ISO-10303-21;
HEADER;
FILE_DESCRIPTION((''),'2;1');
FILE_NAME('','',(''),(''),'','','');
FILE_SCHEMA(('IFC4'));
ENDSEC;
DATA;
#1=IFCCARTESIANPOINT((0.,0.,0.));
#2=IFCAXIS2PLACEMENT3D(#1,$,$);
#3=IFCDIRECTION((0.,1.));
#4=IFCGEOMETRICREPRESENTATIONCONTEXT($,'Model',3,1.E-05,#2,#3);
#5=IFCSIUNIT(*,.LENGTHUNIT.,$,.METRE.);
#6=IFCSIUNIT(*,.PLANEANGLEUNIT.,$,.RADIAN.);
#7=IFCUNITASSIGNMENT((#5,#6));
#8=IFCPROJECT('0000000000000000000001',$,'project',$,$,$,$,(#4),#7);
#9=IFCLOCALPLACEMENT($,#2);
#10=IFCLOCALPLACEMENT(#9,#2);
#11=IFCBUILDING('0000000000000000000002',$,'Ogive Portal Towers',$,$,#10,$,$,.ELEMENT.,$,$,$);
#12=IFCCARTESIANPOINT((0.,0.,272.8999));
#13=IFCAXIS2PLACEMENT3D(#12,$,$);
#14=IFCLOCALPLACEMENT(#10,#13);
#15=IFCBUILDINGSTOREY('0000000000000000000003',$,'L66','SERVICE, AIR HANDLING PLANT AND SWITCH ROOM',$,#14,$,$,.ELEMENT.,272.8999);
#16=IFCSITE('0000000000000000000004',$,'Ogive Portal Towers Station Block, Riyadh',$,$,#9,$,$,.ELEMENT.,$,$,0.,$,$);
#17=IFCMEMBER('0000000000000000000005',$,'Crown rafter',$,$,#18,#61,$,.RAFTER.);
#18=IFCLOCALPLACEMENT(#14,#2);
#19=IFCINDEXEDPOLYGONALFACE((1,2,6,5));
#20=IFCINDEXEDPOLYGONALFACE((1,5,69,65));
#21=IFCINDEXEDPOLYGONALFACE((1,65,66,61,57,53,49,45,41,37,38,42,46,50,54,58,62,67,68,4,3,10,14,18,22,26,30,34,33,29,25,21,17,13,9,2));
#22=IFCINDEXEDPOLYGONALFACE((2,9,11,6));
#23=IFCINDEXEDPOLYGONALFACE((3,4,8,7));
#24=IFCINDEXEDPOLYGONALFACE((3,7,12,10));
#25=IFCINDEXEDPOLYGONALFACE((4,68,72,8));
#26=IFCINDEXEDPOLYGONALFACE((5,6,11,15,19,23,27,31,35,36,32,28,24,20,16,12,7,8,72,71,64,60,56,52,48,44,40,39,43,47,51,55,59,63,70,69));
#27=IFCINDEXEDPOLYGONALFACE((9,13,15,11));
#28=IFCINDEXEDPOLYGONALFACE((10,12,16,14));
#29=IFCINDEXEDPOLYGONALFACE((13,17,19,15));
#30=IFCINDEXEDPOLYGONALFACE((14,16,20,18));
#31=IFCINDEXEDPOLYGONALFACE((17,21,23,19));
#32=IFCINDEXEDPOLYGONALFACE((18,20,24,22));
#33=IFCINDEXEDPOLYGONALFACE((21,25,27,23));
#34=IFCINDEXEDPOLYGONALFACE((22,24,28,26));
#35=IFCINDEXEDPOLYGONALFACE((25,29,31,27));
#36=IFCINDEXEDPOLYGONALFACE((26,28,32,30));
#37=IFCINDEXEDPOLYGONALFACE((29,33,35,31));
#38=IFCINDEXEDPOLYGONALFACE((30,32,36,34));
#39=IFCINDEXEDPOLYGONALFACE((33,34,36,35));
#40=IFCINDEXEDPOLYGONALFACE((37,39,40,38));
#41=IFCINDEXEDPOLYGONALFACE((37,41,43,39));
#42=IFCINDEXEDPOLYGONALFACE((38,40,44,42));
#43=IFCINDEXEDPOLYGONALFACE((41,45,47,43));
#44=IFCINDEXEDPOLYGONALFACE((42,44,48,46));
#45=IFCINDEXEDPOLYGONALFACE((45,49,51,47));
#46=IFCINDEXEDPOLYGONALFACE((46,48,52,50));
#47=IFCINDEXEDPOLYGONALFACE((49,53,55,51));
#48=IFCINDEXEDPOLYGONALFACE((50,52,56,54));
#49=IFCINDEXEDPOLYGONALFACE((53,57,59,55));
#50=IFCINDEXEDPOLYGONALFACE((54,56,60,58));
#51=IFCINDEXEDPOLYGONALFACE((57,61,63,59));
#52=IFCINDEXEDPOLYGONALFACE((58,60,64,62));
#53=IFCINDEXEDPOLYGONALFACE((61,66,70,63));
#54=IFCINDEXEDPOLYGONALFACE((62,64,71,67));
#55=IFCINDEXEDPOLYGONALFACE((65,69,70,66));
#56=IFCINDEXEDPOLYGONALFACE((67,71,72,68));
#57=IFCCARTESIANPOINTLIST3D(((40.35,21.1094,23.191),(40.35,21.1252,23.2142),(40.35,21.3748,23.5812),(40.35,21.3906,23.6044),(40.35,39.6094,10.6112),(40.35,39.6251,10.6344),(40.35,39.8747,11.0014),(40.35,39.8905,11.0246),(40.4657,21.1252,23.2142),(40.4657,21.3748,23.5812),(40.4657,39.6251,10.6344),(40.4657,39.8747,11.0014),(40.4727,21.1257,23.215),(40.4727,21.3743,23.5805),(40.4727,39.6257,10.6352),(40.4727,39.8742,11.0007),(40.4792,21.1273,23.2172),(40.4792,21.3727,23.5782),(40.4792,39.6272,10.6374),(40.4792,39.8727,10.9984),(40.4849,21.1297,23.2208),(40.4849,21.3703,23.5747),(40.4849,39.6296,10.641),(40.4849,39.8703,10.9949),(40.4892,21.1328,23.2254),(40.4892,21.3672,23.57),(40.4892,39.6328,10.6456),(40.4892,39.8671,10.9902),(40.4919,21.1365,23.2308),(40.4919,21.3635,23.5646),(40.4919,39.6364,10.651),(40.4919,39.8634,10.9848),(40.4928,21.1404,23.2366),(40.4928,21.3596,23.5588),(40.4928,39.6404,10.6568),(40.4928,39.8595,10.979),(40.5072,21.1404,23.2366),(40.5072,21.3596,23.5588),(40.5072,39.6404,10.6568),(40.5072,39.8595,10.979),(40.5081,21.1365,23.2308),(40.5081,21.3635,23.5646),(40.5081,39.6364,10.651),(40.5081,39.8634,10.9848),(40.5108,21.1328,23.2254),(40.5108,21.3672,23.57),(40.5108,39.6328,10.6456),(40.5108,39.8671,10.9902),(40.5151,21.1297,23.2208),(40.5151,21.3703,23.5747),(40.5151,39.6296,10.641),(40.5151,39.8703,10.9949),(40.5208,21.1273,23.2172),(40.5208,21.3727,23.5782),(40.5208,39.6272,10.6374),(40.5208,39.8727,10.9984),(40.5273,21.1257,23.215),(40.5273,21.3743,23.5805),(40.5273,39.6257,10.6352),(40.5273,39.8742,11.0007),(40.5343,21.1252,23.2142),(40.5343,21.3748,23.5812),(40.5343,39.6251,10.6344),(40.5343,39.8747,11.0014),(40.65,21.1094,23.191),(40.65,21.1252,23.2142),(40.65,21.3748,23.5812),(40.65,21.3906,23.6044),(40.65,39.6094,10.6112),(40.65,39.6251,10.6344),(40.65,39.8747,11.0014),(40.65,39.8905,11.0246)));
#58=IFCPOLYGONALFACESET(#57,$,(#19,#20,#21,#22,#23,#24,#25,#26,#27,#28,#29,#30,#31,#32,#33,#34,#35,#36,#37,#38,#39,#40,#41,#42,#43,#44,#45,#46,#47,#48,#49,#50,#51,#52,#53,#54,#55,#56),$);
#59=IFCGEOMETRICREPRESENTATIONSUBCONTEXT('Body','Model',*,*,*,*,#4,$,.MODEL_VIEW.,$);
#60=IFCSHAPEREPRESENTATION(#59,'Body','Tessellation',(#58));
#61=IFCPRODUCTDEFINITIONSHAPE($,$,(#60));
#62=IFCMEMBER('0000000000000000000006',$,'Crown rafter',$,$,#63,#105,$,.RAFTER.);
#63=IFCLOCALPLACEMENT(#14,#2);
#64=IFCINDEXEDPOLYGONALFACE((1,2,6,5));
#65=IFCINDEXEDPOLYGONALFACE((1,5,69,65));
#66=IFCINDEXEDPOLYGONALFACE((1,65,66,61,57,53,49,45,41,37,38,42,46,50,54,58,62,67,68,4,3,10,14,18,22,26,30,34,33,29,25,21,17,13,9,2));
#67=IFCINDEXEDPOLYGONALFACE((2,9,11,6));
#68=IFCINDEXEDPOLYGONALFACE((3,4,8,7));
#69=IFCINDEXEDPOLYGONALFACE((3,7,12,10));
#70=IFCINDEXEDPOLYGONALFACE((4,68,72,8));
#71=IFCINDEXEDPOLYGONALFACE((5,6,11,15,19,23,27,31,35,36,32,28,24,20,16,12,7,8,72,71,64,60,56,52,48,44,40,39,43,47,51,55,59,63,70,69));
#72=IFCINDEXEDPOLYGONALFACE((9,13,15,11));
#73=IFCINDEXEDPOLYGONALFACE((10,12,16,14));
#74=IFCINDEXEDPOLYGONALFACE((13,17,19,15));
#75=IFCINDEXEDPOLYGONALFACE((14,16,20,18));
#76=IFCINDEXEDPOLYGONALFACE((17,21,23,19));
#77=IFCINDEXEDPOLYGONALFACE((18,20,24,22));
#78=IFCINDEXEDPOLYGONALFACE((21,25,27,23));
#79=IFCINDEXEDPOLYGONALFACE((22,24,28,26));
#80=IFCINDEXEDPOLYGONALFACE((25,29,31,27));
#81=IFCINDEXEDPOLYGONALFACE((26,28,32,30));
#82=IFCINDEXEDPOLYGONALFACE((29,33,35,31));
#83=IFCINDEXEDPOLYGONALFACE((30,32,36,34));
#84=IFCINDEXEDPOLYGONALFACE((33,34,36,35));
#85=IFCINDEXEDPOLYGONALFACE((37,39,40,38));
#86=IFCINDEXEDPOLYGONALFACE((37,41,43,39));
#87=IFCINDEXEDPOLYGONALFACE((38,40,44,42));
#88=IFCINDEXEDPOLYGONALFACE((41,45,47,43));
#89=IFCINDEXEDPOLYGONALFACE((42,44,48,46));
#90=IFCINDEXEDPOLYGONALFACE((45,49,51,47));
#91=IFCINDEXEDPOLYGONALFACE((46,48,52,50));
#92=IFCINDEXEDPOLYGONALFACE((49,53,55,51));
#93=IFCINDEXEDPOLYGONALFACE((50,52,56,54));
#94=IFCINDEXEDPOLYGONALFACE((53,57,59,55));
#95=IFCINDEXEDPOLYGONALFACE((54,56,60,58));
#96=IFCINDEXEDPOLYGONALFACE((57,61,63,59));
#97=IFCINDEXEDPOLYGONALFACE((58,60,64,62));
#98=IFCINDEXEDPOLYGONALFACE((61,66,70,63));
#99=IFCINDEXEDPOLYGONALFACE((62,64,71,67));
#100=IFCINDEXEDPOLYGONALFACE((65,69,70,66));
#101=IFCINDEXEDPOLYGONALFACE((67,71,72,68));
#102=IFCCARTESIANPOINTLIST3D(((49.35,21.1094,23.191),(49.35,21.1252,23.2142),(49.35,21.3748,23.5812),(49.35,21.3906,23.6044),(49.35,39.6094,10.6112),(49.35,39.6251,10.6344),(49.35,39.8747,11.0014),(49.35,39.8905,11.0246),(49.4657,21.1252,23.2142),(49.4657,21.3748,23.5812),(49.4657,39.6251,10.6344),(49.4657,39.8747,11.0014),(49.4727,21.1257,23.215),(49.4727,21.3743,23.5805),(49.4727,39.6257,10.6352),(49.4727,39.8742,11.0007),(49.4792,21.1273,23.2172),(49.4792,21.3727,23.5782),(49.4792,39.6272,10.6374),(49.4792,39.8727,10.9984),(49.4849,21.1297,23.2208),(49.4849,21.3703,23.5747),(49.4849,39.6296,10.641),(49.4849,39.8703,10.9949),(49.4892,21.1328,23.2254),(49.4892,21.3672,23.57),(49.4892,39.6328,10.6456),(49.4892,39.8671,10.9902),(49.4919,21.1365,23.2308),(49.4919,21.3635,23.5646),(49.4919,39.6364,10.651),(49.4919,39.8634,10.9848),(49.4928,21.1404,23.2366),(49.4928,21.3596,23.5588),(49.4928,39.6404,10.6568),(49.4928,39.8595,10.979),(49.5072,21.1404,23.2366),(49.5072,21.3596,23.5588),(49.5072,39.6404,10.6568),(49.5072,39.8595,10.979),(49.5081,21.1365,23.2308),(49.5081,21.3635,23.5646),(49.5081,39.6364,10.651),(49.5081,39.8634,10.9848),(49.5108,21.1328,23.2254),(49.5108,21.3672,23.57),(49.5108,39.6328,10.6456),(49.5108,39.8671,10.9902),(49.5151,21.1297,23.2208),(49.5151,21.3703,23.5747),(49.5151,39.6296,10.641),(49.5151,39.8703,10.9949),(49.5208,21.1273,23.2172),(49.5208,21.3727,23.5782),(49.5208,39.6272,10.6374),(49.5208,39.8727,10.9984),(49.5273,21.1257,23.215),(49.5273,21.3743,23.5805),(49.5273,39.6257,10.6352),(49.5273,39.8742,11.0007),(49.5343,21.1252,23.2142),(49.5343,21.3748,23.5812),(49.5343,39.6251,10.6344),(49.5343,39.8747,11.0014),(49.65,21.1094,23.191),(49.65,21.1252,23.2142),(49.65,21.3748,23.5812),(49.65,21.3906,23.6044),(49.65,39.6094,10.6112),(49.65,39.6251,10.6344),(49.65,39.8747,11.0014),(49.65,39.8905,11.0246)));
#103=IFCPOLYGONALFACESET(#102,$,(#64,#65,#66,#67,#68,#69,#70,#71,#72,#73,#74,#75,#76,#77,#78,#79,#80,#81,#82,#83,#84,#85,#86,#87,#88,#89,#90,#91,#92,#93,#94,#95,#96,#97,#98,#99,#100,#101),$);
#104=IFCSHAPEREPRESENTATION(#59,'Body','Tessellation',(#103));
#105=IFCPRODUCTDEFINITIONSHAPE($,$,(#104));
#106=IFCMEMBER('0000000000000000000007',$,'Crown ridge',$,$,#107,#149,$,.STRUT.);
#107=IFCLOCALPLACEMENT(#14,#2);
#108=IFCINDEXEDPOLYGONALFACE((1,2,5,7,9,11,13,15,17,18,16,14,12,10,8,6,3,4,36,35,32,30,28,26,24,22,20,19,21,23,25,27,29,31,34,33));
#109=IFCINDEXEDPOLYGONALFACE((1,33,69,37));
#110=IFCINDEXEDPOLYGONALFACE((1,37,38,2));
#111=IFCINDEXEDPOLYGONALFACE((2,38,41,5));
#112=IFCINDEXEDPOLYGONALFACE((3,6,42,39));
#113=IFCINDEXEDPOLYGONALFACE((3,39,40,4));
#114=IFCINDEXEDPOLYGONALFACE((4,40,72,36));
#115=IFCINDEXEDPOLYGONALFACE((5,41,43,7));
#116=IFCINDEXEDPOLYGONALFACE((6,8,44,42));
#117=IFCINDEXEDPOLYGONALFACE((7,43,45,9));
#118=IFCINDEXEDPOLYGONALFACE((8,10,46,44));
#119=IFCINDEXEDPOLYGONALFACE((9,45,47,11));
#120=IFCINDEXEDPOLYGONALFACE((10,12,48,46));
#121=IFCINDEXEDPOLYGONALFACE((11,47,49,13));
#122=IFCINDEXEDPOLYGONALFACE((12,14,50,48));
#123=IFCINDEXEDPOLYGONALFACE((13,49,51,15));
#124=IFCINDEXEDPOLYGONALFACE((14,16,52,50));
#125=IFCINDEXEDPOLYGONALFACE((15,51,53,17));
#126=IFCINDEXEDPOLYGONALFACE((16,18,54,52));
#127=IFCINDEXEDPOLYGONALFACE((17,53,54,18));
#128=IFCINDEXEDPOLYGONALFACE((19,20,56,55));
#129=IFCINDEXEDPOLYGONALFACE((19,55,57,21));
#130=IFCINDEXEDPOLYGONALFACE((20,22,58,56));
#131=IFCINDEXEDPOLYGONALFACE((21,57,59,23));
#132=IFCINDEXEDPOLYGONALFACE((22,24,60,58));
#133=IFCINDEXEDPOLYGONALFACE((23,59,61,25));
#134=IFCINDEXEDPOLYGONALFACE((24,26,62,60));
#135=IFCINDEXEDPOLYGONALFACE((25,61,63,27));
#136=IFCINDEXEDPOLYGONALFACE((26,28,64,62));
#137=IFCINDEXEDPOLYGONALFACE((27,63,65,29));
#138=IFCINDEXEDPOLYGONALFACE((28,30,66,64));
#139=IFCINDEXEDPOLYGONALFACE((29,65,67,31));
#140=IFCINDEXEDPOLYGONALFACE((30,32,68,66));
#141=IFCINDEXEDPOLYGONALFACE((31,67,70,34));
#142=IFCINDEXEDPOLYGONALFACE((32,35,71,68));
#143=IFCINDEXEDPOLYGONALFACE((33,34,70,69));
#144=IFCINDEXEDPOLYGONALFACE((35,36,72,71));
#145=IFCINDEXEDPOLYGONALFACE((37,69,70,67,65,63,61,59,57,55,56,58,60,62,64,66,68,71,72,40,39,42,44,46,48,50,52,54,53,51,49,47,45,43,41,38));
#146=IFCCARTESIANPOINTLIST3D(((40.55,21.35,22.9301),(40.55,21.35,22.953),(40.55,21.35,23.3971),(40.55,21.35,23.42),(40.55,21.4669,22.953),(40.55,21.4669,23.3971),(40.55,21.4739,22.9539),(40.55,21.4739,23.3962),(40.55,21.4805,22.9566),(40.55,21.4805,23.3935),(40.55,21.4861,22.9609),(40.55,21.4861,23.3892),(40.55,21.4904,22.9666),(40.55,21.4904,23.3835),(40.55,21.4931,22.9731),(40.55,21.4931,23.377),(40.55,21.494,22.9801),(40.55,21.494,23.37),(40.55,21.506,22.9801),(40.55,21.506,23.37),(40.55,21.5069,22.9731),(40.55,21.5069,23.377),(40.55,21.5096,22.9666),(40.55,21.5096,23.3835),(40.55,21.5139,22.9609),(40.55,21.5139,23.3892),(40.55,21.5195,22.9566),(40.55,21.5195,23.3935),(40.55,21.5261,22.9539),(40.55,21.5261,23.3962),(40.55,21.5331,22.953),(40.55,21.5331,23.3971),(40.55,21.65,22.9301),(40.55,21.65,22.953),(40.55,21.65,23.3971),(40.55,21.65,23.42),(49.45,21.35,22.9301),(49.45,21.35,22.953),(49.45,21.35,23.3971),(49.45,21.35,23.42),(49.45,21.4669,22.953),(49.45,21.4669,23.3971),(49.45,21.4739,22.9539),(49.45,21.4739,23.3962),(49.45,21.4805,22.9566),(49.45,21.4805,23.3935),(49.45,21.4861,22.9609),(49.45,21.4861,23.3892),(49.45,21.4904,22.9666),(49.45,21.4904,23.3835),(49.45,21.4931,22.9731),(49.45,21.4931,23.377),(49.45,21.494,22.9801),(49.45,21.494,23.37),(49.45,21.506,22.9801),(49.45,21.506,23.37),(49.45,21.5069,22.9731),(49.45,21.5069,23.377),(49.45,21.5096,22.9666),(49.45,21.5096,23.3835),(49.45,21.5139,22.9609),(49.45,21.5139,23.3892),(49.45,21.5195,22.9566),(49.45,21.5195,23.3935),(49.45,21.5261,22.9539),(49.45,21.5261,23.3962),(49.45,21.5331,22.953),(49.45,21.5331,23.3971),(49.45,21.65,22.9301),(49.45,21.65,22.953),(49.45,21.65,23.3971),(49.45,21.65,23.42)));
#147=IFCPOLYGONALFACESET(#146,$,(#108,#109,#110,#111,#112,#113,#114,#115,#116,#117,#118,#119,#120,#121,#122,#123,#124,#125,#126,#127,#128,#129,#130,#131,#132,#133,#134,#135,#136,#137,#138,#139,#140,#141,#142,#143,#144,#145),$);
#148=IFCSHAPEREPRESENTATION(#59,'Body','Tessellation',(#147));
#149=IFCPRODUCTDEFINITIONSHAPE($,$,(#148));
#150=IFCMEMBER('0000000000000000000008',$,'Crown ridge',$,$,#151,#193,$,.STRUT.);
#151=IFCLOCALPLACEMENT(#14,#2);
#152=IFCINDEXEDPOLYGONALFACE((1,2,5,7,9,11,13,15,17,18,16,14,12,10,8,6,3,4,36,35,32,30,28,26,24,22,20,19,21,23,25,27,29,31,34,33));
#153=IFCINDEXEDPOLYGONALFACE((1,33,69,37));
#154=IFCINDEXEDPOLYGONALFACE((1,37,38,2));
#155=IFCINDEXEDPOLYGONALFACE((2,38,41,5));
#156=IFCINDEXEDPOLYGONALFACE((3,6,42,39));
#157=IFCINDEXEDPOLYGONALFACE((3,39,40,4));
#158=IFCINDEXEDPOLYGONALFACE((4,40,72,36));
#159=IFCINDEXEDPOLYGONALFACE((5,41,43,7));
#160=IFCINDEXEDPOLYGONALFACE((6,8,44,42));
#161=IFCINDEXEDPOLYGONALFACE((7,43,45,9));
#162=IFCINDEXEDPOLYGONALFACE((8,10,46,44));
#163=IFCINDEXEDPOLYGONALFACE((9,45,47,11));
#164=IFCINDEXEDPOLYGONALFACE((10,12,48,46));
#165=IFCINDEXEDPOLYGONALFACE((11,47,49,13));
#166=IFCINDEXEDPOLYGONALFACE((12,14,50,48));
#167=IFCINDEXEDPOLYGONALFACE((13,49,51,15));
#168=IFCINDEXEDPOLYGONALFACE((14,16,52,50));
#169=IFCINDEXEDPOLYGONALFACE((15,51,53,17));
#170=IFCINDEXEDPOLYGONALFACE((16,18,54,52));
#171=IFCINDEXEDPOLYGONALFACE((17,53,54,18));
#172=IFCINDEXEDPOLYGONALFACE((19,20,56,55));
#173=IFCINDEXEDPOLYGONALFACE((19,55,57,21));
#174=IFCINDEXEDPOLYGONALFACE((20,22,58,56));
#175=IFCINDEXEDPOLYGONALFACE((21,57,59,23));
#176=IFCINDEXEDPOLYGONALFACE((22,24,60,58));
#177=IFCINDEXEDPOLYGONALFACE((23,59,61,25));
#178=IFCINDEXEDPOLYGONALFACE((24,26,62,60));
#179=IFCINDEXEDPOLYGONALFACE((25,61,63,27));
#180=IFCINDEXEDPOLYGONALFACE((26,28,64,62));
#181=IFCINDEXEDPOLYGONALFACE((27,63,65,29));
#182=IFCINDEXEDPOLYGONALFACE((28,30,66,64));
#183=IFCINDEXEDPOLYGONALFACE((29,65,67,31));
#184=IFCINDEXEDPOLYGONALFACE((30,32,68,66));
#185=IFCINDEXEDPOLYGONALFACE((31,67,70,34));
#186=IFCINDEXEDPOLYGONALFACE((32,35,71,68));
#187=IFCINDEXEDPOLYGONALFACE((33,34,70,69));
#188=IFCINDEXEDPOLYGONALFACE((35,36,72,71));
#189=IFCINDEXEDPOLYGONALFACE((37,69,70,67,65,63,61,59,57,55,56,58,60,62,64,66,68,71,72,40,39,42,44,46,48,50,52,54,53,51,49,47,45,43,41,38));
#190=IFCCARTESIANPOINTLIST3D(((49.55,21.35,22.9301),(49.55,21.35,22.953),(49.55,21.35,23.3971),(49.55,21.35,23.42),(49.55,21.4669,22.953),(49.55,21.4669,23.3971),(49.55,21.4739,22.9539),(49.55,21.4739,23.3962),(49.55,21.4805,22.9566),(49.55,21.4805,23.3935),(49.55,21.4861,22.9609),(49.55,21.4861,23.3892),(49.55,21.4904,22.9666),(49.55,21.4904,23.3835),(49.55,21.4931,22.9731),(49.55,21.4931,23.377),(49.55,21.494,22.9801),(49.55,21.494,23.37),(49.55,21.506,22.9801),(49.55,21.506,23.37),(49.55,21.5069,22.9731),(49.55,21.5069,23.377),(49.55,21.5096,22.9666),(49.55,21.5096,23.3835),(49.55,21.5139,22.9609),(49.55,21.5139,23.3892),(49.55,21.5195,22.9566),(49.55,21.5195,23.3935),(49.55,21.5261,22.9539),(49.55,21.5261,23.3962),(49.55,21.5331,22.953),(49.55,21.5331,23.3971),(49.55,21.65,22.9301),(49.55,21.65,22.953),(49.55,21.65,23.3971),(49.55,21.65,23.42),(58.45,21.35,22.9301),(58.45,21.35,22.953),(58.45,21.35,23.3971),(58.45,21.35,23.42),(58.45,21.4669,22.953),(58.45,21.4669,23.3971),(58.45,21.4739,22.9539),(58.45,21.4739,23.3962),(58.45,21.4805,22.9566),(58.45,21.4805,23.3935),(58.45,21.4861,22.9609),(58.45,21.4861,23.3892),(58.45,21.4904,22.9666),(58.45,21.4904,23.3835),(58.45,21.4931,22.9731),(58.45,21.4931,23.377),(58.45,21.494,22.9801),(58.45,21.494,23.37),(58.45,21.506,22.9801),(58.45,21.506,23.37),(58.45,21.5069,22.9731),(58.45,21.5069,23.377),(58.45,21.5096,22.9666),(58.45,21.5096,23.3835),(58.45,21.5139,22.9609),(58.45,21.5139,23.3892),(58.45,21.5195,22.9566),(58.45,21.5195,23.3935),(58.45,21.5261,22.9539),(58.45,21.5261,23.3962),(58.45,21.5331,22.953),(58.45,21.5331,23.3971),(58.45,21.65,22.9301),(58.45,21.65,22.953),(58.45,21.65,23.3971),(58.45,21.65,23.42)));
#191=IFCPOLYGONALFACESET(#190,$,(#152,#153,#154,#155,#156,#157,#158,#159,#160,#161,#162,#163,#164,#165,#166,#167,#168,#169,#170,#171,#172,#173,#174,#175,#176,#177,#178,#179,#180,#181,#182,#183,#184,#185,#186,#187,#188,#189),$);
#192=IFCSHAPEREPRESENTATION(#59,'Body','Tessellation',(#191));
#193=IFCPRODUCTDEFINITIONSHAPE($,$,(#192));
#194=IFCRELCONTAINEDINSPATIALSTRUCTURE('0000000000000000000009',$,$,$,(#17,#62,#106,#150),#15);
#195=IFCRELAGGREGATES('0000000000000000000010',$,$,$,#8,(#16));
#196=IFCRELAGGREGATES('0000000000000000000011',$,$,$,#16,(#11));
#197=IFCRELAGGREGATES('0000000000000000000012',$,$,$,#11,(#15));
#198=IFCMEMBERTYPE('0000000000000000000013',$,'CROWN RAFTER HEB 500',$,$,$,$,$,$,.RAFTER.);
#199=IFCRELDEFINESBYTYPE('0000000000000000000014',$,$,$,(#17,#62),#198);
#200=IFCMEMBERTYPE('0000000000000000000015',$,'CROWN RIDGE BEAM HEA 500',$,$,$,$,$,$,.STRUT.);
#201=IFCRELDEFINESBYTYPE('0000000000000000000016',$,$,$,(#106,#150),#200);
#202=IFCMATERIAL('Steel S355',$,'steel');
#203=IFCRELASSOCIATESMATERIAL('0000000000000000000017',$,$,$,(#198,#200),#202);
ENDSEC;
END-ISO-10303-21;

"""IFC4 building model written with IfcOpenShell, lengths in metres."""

from ifc_helpers import new_model, si_unit, direction, frame, origin, origin_2d, place, context, subcontext, project, spatial, i_section, extrude, material, material_profile, profile_set, type_object, element, save


model = new_model("IFC4")

# Units and contexts
model_context = context("Model", 3, precision=1e-05, world=origin(), true_north=direction((0.0, 1.0)))
body_context = subcontext(model_context, "Body", "Model", "MODEL_VIEW")
ifc_project = project(units=[si_unit("LENGTHUNIT", "METRE"), si_unit("PLANEANGLEUNIT", "RADIAN")], contexts=[model_context])

# Site, building, storey
site_placement = place(None, origin())
site = spatial("IfcSite", under=ifc_project, at=site_placement, Name="Ogive Portal Towers Station Block, Riyadh", CompositionType="ELEMENT", RefElevation=0.0)
building_placement = place(site_placement, origin())
building = spatial("IfcBuilding", under=site, at=building_placement, Name="Ogive Portal Towers", CompositionType="ELEMENT")
storey_placement = place(building_placement, frame((0.0, 0.0, 272.8999)))
storey = spatial("IfcBuildingStorey", under=building, at=storey_placement, Name="L66", Description="SERVICE, AIR HANDLING PLANT AND SWITCH ROOM", CompositionType="ELEMENT", Elevation=272.8999)

# Members
ifc_material_1 = material(Name="Steel S355", Category="steel")
ifc_material_profile_1 = material_profile(ifc_material_1, i_section(OverallWidth=0.3, OverallDepth=0.5, WebThickness=0.0144, FlangeThickness=0.0281, FilletRadius=0.0271, at=origin_2d()), Name="HEB 500")
ifc_profile_set_1 = profile_set([ifc_material_profile_1], Name="Steel S355")
member_type_1 = type_object("IfcMemberType", Name="CROWN RAFTER HEB 500", PredefinedType="RAFTER", material=ifc_profile_set_1)
for number, where, z_axis, x_axis, name in (
    (1, (40.5, 21.25, 23.3977), (0.0, 0.82693, -0.562305), (-1.0, 0.0, 0.0), "Crown rafter"),
    (2, (49.5, 21.25, 23.3977), (0.0, 0.82693, -0.562305), (-1.0, 0.0, 0.0), "Crown rafter"),
):
    element("IfcMember", number, at=place(storey_placement, frame(where, z_axis=z_axis, x_axis=x_axis)), inside=storey, type_object=member_type_1, Name=name, PredefinedType="RAFTER", context=body_context, shape_type="SweptSolid", body=[
        extrude(i_section(OverallWidth=0.3, OverallDepth=0.5, WebThickness=0.0144, FlangeThickness=0.0281, FilletRadius=0.0271, at=origin_2d()), origin(), (0.0, 0.0, 1.0), 22.3718),
    ])
ifc_material_profile_2 = material_profile(ifc_material_1, i_section(OverallWidth=0.3, OverallDepth=0.49, WebThickness=0.012, FlangeThickness=0.0229, FilletRadius=0.0271, at=origin_2d()), Name="HEA 500")
ifc_profile_set_2 = profile_set([ifc_material_profile_2], Name="Steel S355")
member_type_2 = type_object("IfcMemberType", Name="CROWN RIDGE BEAM HEA 500", PredefinedType="STRUT", material=ifc_profile_set_2)
for number, where, z_axis, x_axis, name in (
    (3, (40.55, 21.5, 23.175), (1.0, 0.0, 0.0), (0.0, 1.0, 0.0), "Crown ridge"),
    (4, (49.55, 21.5, 23.175), (1.0, 0.0, 0.0), (0.0, 1.0, 0.0), "Crown ridge"),
):
    element("IfcMember", number, at=place(storey_placement, frame(where, z_axis=z_axis, x_axis=x_axis)), inside=storey, type_object=member_type_2, Name=name, PredefinedType="STRUT", context=body_context, shape_type="SweptSolid", body=[
        extrude(i_section(OverallWidth=0.3, OverallDepth=0.49, WebThickness=0.012, FlangeThickness=0.0229, FilletRadius=0.0271, at=origin_2d()), origin(), (0.0, 0.0, 1.0), 8.8999),
    ])

save(model, "model.ifc")
